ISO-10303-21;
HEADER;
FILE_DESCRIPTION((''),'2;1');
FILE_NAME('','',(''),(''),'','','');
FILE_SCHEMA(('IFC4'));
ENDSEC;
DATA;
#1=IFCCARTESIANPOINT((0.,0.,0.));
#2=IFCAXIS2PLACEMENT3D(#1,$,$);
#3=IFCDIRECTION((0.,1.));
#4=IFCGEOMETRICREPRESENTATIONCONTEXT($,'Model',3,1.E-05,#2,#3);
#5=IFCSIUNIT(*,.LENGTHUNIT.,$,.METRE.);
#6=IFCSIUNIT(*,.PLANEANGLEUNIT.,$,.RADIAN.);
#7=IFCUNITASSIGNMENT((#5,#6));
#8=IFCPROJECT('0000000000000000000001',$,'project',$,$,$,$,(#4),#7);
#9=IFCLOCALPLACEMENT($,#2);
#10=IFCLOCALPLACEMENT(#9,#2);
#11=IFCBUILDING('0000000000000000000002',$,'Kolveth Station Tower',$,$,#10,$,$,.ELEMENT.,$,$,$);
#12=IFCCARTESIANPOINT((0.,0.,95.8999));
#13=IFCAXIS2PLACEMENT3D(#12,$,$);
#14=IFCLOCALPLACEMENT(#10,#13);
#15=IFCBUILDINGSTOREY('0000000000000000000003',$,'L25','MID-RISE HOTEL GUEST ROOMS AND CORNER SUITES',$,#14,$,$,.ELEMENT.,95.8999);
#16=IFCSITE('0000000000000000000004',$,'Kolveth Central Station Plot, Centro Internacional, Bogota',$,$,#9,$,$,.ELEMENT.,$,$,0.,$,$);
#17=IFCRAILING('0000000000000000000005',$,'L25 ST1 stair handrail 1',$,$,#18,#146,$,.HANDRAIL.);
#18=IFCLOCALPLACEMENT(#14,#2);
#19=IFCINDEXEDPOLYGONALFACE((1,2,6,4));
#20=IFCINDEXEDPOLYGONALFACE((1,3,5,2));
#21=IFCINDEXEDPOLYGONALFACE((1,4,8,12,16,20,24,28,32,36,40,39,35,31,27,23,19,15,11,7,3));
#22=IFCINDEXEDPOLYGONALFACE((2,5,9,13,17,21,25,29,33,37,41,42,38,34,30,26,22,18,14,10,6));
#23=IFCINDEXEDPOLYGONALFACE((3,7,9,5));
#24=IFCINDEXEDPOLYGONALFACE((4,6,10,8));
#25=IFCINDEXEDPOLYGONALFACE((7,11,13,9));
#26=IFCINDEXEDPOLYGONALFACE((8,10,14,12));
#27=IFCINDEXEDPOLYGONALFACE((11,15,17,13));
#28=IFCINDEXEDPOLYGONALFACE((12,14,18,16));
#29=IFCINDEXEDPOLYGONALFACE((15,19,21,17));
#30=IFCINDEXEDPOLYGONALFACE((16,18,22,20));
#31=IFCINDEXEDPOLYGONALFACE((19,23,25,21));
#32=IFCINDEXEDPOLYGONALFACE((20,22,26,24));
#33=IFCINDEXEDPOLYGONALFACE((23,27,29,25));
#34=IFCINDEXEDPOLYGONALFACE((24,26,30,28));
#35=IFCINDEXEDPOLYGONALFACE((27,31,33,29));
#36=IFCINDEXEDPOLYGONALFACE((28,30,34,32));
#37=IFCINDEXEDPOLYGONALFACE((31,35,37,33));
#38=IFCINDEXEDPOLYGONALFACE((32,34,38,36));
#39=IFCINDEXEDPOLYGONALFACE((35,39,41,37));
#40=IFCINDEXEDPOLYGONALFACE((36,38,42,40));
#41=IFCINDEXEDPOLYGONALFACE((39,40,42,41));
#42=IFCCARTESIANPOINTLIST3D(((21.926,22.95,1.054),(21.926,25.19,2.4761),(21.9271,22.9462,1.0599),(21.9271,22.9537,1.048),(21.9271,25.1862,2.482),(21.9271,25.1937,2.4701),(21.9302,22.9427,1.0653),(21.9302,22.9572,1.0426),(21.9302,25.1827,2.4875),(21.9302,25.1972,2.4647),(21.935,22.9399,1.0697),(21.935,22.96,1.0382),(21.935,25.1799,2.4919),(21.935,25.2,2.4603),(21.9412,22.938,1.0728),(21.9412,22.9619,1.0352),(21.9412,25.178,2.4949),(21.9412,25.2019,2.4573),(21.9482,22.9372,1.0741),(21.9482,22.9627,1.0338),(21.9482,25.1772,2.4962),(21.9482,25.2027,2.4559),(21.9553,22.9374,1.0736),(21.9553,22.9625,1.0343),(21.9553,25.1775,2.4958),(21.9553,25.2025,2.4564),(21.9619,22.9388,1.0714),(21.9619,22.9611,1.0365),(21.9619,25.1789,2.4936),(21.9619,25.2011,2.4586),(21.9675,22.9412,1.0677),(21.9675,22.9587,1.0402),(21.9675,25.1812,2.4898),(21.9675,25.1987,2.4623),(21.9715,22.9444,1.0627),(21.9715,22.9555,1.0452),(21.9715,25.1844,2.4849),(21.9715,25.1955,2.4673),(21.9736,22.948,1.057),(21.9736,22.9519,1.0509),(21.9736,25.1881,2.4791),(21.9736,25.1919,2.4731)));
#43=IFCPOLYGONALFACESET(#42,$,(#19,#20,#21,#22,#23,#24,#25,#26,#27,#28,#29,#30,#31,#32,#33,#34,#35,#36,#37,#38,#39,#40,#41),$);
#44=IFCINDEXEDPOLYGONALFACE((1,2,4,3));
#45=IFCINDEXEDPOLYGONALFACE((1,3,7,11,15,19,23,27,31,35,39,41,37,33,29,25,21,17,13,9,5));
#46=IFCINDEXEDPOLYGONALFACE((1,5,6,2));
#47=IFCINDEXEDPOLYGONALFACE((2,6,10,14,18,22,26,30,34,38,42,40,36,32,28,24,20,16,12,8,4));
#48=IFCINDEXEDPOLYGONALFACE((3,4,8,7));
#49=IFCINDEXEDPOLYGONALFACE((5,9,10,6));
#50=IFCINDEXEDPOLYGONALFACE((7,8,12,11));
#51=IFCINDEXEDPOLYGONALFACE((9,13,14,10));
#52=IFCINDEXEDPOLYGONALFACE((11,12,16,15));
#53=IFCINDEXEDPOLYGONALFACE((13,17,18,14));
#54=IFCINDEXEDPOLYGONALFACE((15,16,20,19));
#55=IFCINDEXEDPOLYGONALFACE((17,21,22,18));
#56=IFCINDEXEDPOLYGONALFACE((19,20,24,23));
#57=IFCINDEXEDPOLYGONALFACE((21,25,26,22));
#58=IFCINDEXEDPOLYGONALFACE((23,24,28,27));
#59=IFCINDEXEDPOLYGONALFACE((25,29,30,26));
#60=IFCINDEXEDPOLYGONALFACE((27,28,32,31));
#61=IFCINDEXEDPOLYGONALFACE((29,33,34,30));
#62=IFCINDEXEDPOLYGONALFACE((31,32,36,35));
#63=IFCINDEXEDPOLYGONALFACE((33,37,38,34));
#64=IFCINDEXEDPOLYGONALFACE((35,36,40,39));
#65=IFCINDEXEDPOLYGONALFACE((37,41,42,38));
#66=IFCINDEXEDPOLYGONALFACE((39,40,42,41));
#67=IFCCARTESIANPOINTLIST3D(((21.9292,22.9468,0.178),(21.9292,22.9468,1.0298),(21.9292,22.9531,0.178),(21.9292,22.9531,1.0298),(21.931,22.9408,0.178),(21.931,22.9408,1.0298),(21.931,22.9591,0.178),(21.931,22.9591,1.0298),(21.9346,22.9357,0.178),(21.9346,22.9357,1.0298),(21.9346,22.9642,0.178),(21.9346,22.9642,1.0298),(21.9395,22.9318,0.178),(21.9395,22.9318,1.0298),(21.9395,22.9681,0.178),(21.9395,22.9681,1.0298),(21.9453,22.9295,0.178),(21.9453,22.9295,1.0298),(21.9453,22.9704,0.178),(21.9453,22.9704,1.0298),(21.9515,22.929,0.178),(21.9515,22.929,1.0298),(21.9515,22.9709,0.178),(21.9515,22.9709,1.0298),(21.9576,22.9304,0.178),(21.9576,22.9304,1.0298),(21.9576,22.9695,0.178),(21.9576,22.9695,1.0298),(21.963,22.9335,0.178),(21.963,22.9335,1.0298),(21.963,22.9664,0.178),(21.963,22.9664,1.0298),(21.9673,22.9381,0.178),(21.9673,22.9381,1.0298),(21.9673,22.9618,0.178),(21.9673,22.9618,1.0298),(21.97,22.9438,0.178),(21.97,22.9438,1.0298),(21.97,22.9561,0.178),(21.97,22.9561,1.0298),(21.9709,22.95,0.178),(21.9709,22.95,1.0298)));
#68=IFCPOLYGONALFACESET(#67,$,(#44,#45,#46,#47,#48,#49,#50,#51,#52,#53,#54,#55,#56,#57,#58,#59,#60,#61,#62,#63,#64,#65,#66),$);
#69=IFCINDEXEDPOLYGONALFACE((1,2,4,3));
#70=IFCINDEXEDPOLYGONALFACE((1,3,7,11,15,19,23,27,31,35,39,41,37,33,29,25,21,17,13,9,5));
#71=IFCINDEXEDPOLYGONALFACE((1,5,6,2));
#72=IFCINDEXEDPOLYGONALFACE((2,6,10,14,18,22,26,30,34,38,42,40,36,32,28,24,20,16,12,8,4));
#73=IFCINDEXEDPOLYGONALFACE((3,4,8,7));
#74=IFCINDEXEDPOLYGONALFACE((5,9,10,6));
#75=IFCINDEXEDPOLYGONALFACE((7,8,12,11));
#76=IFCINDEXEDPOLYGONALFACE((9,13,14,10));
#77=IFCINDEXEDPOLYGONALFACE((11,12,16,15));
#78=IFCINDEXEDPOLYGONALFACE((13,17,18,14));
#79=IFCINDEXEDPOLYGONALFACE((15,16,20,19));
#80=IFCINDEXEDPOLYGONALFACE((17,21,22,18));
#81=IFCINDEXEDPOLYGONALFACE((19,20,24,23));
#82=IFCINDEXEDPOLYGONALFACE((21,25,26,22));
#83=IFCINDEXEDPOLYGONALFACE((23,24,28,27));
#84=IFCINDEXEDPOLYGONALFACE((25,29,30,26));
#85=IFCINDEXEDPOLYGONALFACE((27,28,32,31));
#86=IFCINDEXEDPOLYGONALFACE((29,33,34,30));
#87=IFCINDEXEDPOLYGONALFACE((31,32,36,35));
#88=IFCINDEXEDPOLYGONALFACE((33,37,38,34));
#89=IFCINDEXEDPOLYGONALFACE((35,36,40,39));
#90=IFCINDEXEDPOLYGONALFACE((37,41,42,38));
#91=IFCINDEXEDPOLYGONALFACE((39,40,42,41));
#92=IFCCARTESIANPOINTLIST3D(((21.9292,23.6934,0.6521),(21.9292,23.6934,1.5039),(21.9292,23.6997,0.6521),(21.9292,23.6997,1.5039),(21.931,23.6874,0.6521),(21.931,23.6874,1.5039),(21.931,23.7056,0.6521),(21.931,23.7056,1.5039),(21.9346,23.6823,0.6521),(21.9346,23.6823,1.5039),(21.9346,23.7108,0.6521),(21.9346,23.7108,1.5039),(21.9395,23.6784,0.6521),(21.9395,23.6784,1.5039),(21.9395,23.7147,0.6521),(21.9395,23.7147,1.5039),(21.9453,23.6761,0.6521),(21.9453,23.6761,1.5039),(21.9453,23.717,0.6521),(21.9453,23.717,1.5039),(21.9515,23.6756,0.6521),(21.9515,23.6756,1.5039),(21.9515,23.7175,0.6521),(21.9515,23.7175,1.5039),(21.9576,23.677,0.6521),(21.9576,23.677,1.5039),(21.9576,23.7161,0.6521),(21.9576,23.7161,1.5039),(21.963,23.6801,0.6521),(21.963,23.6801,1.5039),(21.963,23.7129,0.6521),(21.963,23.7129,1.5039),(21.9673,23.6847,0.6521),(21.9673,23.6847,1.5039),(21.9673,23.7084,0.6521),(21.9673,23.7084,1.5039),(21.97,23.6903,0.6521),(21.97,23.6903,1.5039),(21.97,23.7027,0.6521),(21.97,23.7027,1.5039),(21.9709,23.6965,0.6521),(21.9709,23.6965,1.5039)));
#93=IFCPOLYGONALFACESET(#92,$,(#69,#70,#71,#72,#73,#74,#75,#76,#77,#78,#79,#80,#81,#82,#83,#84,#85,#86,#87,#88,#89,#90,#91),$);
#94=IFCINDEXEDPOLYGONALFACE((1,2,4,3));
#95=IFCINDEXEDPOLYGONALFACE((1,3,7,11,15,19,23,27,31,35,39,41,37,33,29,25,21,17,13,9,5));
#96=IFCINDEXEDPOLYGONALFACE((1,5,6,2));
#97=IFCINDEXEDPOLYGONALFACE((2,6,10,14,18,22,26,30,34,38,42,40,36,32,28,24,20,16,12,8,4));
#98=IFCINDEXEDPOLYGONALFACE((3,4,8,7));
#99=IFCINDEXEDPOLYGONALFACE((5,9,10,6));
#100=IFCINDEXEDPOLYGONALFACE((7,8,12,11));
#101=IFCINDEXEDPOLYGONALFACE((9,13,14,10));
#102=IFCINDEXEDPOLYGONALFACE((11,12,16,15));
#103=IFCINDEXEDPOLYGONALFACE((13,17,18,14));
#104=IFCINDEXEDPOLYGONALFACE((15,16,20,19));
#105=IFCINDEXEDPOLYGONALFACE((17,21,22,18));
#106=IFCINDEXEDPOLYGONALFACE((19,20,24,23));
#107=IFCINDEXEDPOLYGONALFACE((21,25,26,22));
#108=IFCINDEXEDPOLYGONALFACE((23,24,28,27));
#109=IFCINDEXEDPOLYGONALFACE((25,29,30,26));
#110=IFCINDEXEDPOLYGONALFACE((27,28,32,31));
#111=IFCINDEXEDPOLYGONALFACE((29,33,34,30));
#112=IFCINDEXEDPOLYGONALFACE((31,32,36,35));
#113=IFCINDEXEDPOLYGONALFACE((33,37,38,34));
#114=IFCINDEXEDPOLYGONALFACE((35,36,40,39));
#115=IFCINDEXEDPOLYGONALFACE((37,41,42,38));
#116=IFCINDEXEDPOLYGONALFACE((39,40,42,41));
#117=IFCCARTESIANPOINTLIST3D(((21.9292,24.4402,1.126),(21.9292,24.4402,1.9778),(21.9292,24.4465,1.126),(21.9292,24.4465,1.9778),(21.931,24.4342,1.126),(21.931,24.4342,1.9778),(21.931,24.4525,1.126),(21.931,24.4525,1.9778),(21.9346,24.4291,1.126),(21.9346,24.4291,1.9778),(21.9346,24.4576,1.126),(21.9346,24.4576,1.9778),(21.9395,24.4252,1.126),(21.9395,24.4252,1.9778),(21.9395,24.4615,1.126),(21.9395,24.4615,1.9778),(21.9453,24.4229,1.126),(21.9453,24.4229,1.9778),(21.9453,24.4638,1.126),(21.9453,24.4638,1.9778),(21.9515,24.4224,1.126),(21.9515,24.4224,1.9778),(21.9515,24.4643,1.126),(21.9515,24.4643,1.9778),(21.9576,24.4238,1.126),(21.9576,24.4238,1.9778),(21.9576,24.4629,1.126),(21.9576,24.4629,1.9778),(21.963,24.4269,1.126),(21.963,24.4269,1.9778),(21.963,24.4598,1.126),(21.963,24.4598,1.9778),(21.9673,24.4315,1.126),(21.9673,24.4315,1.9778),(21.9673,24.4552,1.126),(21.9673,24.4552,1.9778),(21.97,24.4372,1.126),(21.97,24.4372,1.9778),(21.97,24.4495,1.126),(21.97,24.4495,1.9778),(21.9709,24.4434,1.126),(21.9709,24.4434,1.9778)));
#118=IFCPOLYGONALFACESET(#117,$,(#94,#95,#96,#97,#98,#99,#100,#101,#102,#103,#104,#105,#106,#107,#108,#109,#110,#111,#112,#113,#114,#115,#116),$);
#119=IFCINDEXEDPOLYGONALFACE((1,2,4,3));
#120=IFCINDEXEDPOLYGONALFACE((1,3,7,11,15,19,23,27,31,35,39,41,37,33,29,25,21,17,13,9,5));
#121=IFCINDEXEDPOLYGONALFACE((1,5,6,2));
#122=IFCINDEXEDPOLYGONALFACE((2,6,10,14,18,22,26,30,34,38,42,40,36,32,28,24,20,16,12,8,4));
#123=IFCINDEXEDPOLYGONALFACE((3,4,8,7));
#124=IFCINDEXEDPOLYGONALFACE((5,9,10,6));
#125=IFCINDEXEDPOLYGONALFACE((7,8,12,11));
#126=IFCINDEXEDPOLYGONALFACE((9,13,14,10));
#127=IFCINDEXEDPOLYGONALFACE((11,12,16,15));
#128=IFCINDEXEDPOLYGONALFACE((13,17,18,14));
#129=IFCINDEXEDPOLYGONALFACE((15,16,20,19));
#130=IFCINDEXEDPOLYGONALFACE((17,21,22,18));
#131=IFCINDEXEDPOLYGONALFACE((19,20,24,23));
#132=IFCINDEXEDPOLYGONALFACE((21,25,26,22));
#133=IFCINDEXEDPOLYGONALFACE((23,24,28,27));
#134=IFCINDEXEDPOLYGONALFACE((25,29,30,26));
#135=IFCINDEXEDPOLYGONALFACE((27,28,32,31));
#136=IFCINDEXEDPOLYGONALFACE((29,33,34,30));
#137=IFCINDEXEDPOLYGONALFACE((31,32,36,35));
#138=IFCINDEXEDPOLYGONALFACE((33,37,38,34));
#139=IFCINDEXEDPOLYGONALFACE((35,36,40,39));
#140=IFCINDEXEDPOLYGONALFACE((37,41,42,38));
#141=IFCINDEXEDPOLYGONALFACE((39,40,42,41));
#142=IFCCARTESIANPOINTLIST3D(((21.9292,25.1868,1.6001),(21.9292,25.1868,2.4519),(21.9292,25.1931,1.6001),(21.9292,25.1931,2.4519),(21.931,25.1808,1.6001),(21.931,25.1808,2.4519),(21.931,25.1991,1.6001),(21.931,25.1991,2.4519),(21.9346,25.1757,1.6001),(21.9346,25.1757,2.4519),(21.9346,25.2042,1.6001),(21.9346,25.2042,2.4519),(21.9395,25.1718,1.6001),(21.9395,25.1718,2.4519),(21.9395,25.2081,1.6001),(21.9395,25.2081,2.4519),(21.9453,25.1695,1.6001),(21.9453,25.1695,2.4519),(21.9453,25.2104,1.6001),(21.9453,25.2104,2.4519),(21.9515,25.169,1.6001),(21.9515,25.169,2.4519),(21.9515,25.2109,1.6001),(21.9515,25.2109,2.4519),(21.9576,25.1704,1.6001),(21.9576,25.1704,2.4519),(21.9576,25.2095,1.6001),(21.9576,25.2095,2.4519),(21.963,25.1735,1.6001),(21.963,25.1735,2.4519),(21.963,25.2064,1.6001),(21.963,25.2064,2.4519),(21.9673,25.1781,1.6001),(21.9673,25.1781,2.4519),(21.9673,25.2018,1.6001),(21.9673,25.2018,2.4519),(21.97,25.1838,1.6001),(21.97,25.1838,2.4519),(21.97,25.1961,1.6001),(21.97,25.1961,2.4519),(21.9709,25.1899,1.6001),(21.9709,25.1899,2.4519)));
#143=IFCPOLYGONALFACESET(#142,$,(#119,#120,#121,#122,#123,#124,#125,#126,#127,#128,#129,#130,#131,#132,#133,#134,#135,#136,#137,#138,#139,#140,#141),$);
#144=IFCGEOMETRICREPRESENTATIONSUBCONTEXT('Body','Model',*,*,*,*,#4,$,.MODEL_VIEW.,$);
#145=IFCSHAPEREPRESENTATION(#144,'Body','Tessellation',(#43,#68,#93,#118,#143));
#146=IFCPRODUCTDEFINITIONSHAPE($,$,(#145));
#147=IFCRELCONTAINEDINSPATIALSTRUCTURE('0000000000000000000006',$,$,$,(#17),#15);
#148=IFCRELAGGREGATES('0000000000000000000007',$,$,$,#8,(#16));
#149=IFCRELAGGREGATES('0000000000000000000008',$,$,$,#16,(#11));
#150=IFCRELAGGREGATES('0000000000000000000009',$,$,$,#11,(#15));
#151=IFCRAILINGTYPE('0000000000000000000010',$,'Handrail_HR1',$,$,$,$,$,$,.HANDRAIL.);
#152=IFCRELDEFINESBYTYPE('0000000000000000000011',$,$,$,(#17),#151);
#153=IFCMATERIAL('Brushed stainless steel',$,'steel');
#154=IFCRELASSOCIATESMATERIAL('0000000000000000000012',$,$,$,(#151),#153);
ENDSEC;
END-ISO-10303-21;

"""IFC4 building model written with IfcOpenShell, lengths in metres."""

from ifc_helpers import new_model, si_unit, direction, frame, origin, origin_2d, place, context, subcontext, project, spatial, circle, extrude, material, type_object, element, save


model = new_model("IFC4")

# Units and contexts
model_context = context("Model", 3, precision=1e-05, world=origin(), true_north=direction((0.0, 1.0)))
body_context = subcontext(model_context, "Body", "Model", "MODEL_VIEW")
ifc_project = project(units=[si_unit("LENGTHUNIT", "METRE"), si_unit("PLANEANGLEUNIT", "RADIAN")], contexts=[model_context])

# Site, building, storey
site_placement = place(None, origin())
site = spatial("IfcSite", under=ifc_project, at=site_placement, Name="Kolveth Central Station Plot, Centro Internacional, Bogota", CompositionType="ELEMENT", RefElevation=0.0)
building_placement = place(site_placement, origin())
building = spatial("IfcBuilding", under=site, at=building_placement, Name="Kolveth Station Tower", CompositionType="ELEMENT")
storey_placement = place(building_placement, frame((0.0, 0.0, 95.8999)))
storey = spatial("IfcBuildingStorey", under=building, at=storey_placement, Name="L25", Description="MID-RISE HOTEL GUEST ROOMS AND CORNER SUITES", CompositionType="ELEMENT", Elevation=95.8999)

# Railing
ifc_material_1 = material(Name="Brushed stainless steel", Category="steel")
railing_type_1 = type_object("IfcRailingType", Name="Handrail_HR1", PredefinedType="HANDRAIL", material=ifc_material_1)
railing_1_placement = place(storey_placement, frame((21.95, 22.95, 0.178)))
element("IfcRailing", 1, at=railing_1_placement, inside=storey, type_object=railing_type_1, Name="L25 ST1 stair handrail 1", PredefinedType="HANDRAIL", context=body_context, shape_type="SweptSolid", body=[
    extrude(circle(Radius=0.0239, at=origin_2d()), frame((0.0, 0.0, 0.876), z_axis=(0.0, 0.844229, 0.535982), x_axis=(-1.0, 0.0, 0.0)), (0.0, 0.0, 1.0), 2.6533),
    extrude(circle(Radius=0.021, at=origin_2d()), origin(), (0.0, 0.0, 1.0), 0.8518),
    extrude(circle(Radius=0.021, at=origin_2d()), frame((0.0, 0.7466, 0.4741)), (0.0, 0.0, 1.0), 0.8518),
    extrude(circle(Radius=0.021, at=origin_2d()), frame((0.0, 1.4934, 0.948)), (0.0, 0.0, 1.0), 0.8518),
    extrude(circle(Radius=0.021, at=origin_2d()), frame((0.0, 2.24, 1.4221)), (0.0, 0.0, 1.0), 0.8518),
])

save(model, "model.ifc")
